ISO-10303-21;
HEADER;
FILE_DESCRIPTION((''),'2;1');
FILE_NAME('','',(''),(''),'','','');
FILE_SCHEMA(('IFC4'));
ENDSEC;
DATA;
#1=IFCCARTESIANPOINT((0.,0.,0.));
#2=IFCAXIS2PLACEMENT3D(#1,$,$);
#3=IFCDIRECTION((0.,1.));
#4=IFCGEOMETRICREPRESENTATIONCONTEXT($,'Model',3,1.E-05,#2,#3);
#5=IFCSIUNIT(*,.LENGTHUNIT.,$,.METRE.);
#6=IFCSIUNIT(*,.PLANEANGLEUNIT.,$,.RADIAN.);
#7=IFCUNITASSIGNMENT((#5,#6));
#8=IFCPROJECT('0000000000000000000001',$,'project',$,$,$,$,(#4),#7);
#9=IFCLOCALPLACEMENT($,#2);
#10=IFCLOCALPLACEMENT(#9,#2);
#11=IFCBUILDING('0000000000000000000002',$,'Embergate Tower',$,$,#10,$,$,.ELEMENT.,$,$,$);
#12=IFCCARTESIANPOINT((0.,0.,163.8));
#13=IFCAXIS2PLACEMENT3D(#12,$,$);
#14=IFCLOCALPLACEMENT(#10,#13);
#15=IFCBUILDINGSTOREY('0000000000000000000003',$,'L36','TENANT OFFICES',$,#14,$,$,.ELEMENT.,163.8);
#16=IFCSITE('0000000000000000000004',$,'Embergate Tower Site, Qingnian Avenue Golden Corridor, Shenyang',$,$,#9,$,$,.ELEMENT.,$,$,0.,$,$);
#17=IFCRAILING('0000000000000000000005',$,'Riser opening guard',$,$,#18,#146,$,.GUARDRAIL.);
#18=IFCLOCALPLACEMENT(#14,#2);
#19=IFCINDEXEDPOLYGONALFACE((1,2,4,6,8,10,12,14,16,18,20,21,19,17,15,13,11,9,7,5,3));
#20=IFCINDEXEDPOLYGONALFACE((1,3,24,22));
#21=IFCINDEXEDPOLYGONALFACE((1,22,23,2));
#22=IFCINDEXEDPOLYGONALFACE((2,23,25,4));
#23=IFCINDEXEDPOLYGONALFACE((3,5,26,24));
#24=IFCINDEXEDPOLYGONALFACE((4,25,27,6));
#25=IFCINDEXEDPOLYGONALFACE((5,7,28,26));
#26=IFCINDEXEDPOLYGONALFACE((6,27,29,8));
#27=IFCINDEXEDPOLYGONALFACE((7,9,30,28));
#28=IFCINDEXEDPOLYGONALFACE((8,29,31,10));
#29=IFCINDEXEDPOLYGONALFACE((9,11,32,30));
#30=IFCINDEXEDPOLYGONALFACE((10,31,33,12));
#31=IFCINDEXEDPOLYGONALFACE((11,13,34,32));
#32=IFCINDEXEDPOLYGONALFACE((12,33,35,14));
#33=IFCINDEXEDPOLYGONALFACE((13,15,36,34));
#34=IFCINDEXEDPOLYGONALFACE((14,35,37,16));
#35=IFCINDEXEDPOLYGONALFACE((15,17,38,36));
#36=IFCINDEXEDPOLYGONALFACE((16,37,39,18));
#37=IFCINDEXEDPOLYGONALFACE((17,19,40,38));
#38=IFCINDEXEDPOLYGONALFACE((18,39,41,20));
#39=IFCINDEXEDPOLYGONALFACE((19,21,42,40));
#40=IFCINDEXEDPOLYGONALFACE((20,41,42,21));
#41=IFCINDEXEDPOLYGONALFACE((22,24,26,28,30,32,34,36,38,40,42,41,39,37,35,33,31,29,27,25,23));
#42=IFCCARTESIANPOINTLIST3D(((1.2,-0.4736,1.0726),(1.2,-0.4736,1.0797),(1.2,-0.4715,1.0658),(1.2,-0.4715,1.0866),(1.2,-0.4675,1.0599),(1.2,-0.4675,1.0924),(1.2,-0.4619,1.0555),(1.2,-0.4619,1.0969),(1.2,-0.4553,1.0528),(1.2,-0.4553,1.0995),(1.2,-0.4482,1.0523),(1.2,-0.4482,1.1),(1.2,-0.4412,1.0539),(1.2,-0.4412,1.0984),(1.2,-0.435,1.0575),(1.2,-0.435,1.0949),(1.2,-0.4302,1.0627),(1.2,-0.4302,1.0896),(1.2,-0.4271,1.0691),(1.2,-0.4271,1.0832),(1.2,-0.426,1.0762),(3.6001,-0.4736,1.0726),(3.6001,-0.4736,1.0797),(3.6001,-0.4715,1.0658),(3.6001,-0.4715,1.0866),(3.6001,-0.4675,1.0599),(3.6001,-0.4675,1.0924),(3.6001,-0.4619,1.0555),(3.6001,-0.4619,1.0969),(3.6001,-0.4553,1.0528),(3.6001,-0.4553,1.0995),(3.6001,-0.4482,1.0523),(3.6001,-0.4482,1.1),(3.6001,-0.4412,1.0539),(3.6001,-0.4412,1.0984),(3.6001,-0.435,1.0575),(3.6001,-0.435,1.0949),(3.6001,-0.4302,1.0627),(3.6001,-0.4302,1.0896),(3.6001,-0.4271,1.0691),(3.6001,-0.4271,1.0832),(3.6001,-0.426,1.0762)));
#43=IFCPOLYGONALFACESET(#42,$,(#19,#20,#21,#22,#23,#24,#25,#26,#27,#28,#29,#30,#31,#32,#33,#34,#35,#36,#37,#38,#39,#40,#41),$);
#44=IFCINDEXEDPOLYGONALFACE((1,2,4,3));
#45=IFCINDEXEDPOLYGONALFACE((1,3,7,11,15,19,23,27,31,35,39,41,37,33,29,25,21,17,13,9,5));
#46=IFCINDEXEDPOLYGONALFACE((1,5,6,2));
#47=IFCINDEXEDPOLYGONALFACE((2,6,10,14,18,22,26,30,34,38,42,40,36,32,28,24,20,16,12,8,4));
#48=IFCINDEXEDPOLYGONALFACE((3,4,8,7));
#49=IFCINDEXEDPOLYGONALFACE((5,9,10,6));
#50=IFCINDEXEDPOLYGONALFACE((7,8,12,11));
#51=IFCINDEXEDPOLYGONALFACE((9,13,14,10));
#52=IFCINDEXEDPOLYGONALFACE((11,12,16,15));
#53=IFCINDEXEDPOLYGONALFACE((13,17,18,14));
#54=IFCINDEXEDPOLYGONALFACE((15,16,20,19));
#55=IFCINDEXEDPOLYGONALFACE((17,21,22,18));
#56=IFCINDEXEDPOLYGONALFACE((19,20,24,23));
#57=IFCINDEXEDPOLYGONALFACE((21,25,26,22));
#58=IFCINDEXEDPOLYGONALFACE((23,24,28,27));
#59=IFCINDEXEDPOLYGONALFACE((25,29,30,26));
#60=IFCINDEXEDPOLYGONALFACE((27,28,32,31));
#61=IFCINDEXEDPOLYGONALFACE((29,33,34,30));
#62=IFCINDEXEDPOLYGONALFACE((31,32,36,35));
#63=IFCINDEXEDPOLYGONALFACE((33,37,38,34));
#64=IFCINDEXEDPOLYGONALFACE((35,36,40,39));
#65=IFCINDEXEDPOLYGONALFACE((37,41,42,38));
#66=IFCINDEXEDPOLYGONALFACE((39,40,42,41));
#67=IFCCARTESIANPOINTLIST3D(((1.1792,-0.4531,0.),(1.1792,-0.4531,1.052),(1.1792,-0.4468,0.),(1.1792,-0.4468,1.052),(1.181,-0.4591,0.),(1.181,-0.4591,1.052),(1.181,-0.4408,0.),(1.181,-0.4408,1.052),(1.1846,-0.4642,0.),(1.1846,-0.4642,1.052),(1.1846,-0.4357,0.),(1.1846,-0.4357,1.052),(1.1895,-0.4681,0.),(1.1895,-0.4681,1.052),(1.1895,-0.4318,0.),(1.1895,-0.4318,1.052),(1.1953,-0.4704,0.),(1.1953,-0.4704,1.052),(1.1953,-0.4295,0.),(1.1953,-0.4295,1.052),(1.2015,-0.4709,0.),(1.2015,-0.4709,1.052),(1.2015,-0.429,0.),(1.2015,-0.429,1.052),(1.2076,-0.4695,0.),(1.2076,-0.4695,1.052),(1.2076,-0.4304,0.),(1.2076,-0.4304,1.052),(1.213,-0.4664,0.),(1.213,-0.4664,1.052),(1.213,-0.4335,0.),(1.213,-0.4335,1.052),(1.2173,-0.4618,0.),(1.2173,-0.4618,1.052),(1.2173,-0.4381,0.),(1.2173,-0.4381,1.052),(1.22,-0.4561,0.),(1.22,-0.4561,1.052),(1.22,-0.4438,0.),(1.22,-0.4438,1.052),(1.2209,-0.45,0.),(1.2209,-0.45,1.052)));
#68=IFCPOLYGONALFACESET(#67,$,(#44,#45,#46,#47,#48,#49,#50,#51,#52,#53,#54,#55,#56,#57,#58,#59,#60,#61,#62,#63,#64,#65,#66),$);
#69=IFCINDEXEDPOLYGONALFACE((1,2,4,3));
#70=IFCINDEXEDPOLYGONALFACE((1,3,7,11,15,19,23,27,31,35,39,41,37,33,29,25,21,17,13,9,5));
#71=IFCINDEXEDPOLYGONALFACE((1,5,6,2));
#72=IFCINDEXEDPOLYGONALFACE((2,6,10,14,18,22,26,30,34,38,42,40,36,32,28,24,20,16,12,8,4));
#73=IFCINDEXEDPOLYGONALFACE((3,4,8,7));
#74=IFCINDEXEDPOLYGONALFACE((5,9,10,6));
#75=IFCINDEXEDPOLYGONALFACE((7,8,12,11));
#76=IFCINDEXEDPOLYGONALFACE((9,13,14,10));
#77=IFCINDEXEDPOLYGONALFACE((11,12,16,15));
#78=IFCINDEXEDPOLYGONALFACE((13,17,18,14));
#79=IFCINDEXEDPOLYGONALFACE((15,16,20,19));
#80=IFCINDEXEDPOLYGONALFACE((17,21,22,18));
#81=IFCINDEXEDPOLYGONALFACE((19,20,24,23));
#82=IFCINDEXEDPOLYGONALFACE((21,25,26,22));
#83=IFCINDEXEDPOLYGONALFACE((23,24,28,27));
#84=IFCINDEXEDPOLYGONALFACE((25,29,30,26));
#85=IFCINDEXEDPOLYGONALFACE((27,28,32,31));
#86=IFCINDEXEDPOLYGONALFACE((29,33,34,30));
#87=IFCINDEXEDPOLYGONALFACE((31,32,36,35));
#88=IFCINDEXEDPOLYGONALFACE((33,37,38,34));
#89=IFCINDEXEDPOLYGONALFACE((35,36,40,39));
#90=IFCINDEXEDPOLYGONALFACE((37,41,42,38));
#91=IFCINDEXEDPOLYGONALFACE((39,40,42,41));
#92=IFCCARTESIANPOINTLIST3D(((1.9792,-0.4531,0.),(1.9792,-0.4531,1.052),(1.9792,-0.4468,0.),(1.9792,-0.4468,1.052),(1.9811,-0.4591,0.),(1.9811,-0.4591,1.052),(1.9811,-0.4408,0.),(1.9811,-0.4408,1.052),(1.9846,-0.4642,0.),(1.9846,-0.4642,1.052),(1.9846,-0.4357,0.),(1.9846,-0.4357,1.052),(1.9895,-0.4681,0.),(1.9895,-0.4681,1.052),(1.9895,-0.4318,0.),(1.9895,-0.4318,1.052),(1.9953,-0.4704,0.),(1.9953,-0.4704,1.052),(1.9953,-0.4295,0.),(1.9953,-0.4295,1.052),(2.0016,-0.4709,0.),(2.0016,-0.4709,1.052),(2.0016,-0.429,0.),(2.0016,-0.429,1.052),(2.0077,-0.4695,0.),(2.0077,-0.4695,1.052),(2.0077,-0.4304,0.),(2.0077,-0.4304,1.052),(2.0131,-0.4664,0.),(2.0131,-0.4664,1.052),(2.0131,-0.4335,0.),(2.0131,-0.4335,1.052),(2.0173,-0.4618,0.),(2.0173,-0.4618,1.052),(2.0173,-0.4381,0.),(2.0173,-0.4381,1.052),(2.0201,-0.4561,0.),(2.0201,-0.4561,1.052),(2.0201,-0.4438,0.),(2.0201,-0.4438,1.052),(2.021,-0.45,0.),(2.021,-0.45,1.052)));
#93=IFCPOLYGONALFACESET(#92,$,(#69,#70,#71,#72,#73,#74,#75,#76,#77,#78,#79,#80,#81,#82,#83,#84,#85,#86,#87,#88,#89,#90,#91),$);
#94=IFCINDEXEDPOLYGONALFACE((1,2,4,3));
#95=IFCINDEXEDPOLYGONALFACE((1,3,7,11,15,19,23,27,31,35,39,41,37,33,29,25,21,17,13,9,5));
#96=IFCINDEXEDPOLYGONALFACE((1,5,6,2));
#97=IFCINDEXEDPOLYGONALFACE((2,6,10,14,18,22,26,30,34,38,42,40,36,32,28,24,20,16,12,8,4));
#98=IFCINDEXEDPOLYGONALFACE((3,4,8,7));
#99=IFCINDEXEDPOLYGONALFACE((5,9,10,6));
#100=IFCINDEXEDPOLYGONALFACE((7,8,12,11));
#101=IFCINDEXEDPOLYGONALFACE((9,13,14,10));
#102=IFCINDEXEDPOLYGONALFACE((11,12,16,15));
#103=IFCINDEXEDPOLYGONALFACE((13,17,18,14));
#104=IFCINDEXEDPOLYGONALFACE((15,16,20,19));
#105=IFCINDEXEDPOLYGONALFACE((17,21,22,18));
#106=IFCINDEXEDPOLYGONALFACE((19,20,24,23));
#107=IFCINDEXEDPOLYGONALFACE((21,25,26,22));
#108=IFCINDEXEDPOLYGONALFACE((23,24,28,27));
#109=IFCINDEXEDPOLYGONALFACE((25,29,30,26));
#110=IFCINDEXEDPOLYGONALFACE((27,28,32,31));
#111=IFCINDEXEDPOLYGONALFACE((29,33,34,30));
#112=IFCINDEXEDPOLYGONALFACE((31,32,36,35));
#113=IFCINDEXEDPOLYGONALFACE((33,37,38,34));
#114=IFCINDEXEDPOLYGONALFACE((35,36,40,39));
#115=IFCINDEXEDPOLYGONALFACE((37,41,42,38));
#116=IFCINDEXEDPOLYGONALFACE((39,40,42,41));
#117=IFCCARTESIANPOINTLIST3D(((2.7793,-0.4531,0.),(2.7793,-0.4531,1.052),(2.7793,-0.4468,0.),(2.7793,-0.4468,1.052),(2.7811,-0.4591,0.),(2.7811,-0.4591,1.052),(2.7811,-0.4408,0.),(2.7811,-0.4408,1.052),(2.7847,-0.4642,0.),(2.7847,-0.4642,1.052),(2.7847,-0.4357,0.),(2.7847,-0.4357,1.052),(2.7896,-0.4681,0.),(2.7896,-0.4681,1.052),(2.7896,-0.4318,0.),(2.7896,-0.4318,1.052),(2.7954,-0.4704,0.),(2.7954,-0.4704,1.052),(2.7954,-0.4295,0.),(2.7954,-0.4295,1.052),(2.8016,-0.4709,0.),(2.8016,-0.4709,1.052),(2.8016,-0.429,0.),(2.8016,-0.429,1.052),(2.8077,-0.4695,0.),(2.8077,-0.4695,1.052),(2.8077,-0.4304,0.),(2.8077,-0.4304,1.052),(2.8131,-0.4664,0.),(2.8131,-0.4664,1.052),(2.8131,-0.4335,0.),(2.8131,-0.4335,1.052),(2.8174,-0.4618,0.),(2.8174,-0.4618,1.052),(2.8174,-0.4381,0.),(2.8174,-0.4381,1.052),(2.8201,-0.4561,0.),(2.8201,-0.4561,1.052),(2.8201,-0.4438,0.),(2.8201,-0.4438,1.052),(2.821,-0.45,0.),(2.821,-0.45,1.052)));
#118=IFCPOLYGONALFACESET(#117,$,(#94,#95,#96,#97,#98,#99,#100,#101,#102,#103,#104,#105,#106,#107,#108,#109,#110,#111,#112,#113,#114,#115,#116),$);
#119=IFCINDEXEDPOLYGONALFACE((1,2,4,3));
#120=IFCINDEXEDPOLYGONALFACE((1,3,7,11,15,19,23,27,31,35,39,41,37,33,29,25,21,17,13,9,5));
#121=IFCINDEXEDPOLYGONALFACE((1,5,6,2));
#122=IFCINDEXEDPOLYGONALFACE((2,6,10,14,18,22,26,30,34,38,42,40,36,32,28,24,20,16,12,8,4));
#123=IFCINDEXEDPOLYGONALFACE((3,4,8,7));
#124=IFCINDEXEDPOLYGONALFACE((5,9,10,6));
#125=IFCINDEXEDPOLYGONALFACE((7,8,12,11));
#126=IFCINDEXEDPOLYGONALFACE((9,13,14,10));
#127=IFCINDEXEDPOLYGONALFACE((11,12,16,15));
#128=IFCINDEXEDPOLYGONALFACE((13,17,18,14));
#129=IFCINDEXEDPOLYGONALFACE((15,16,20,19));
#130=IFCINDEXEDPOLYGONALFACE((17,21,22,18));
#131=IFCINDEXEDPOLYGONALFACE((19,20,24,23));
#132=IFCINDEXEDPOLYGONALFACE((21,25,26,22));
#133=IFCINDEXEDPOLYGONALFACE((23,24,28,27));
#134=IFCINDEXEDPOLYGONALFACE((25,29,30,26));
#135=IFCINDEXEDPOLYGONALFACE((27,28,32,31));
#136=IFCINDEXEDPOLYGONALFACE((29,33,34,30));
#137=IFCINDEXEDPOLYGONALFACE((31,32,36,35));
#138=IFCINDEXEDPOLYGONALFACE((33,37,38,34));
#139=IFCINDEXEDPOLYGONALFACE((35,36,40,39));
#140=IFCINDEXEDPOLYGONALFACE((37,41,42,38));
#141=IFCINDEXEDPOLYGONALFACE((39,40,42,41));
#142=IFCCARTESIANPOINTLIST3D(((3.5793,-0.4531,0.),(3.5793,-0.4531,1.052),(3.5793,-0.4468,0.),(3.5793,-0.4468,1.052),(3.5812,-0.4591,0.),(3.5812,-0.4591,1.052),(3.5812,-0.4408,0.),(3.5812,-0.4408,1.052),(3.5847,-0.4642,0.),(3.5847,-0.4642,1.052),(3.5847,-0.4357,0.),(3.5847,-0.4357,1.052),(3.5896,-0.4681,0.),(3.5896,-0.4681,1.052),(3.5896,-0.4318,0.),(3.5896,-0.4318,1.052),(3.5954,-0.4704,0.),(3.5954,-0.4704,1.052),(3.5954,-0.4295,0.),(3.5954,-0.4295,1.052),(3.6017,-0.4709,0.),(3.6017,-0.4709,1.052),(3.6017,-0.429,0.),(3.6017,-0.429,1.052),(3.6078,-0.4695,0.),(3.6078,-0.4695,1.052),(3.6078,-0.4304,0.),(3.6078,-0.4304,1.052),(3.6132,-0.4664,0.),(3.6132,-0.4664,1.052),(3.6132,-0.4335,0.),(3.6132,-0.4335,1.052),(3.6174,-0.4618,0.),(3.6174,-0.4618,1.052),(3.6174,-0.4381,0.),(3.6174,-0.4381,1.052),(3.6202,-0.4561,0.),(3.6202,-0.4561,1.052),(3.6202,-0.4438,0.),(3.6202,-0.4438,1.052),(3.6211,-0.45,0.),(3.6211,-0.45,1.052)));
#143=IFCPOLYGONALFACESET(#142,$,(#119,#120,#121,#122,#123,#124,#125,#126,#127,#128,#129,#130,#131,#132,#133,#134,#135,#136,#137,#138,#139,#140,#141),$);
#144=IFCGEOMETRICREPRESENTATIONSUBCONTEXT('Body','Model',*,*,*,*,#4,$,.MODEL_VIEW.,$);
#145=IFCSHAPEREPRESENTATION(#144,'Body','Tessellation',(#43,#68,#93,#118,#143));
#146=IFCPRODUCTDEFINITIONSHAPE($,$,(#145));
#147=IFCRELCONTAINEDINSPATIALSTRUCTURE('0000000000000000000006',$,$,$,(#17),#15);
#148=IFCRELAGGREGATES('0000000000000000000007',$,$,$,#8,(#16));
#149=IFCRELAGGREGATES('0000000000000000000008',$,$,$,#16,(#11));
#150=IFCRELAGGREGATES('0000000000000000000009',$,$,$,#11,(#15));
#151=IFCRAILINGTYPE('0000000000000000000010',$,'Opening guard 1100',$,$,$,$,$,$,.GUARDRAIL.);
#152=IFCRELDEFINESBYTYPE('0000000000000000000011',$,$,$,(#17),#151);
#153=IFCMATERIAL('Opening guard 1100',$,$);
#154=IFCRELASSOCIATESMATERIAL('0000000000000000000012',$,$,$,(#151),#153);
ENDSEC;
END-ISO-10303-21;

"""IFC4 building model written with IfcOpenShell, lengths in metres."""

from ifc_helpers import new_model, si_unit, direction, frame, origin, origin_2d, place, context, subcontext, project, spatial, circle, extrude, source, transform, mapped, material, type_object, element, save


model = new_model("IFC4")

# Units and contexts
model_context = context("Model", 3, precision=1e-05, world=origin(), true_north=direction((0.0, 1.0)))
body_context = subcontext(model_context, "Body", "Model", "MODEL_VIEW")
ifc_project = project(units=[si_unit("LENGTHUNIT", "METRE"), si_unit("PLANEANGLEUNIT", "RADIAN")], contexts=[model_context])

# Site, building, storey
site_placement = place(None, origin())
site = spatial("IfcSite", under=ifc_project, at=site_placement, Name="Embergate Tower Site, Qingnian Avenue Golden Corridor, Shenyang", CompositionType="ELEMENT", RefElevation=0.0)
building_placement = place(site_placement, origin())
building = spatial("IfcBuilding", under=site, at=building_placement, Name="Embergate Tower", CompositionType="ELEMENT")
storey_placement = place(building_placement, frame((0.0, 0.0, 163.8)))
storey = spatial("IfcBuildingStorey", under=building, at=storey_placement, Name="L36", Description="TENANT OFFICES", CompositionType="ELEMENT", Elevation=163.8)

# Railing
ifc_material_1 = material(Name="Opening guard 1100")
railing_type_1 = type_object("IfcRailingType", Name="Opening guard 1100", PredefinedType="GUARDRAIL", material=ifc_material_1)
shared_shape_1 = source(origin(), body_context, "Body", "SweptSolid", [
    extrude(circle(Radius=0.0239, at=origin_2d()), frame((0.0, 0.0, 1.0762), z_axis=(1.0, 0.0, 0.0), x_axis=(0.0, 1.0, 0.0)), (0.0, 0.0, 1.0), 2.4001),
    extrude(circle(Radius=0.021, at=origin_2d()), origin(), (0.0, 0.0, 1.0), 1.052),
    extrude(circle(Radius=0.021, at=origin_2d()), frame((0.8, 0.0, 0.0)), (0.0, 0.0, 1.0), 1.052),
    extrude(circle(Radius=0.021, at=origin_2d()), frame((1.6001, 0.0, 0.0)), (0.0, 0.0, 1.0), 1.052),
    extrude(circle(Radius=0.021, at=origin_2d()), frame((2.4001, 0.0, 0.0)), (0.0, 0.0, 1.0), 1.052),
])
railing_1_placement = place(storey_placement, frame((1.2, -0.45, 0.0)))
element("IfcRailing", 1, at=railing_1_placement, inside=storey, type_object=railing_type_1, Name="Riser opening guard", PredefinedType="GUARDRAIL", context=body_context, shape_type="MappedRepresentation", body=[
    mapped(shared_shape_1, transform((0.0, 0.0, 0.0))),
])

save(model, "model.ifc")
